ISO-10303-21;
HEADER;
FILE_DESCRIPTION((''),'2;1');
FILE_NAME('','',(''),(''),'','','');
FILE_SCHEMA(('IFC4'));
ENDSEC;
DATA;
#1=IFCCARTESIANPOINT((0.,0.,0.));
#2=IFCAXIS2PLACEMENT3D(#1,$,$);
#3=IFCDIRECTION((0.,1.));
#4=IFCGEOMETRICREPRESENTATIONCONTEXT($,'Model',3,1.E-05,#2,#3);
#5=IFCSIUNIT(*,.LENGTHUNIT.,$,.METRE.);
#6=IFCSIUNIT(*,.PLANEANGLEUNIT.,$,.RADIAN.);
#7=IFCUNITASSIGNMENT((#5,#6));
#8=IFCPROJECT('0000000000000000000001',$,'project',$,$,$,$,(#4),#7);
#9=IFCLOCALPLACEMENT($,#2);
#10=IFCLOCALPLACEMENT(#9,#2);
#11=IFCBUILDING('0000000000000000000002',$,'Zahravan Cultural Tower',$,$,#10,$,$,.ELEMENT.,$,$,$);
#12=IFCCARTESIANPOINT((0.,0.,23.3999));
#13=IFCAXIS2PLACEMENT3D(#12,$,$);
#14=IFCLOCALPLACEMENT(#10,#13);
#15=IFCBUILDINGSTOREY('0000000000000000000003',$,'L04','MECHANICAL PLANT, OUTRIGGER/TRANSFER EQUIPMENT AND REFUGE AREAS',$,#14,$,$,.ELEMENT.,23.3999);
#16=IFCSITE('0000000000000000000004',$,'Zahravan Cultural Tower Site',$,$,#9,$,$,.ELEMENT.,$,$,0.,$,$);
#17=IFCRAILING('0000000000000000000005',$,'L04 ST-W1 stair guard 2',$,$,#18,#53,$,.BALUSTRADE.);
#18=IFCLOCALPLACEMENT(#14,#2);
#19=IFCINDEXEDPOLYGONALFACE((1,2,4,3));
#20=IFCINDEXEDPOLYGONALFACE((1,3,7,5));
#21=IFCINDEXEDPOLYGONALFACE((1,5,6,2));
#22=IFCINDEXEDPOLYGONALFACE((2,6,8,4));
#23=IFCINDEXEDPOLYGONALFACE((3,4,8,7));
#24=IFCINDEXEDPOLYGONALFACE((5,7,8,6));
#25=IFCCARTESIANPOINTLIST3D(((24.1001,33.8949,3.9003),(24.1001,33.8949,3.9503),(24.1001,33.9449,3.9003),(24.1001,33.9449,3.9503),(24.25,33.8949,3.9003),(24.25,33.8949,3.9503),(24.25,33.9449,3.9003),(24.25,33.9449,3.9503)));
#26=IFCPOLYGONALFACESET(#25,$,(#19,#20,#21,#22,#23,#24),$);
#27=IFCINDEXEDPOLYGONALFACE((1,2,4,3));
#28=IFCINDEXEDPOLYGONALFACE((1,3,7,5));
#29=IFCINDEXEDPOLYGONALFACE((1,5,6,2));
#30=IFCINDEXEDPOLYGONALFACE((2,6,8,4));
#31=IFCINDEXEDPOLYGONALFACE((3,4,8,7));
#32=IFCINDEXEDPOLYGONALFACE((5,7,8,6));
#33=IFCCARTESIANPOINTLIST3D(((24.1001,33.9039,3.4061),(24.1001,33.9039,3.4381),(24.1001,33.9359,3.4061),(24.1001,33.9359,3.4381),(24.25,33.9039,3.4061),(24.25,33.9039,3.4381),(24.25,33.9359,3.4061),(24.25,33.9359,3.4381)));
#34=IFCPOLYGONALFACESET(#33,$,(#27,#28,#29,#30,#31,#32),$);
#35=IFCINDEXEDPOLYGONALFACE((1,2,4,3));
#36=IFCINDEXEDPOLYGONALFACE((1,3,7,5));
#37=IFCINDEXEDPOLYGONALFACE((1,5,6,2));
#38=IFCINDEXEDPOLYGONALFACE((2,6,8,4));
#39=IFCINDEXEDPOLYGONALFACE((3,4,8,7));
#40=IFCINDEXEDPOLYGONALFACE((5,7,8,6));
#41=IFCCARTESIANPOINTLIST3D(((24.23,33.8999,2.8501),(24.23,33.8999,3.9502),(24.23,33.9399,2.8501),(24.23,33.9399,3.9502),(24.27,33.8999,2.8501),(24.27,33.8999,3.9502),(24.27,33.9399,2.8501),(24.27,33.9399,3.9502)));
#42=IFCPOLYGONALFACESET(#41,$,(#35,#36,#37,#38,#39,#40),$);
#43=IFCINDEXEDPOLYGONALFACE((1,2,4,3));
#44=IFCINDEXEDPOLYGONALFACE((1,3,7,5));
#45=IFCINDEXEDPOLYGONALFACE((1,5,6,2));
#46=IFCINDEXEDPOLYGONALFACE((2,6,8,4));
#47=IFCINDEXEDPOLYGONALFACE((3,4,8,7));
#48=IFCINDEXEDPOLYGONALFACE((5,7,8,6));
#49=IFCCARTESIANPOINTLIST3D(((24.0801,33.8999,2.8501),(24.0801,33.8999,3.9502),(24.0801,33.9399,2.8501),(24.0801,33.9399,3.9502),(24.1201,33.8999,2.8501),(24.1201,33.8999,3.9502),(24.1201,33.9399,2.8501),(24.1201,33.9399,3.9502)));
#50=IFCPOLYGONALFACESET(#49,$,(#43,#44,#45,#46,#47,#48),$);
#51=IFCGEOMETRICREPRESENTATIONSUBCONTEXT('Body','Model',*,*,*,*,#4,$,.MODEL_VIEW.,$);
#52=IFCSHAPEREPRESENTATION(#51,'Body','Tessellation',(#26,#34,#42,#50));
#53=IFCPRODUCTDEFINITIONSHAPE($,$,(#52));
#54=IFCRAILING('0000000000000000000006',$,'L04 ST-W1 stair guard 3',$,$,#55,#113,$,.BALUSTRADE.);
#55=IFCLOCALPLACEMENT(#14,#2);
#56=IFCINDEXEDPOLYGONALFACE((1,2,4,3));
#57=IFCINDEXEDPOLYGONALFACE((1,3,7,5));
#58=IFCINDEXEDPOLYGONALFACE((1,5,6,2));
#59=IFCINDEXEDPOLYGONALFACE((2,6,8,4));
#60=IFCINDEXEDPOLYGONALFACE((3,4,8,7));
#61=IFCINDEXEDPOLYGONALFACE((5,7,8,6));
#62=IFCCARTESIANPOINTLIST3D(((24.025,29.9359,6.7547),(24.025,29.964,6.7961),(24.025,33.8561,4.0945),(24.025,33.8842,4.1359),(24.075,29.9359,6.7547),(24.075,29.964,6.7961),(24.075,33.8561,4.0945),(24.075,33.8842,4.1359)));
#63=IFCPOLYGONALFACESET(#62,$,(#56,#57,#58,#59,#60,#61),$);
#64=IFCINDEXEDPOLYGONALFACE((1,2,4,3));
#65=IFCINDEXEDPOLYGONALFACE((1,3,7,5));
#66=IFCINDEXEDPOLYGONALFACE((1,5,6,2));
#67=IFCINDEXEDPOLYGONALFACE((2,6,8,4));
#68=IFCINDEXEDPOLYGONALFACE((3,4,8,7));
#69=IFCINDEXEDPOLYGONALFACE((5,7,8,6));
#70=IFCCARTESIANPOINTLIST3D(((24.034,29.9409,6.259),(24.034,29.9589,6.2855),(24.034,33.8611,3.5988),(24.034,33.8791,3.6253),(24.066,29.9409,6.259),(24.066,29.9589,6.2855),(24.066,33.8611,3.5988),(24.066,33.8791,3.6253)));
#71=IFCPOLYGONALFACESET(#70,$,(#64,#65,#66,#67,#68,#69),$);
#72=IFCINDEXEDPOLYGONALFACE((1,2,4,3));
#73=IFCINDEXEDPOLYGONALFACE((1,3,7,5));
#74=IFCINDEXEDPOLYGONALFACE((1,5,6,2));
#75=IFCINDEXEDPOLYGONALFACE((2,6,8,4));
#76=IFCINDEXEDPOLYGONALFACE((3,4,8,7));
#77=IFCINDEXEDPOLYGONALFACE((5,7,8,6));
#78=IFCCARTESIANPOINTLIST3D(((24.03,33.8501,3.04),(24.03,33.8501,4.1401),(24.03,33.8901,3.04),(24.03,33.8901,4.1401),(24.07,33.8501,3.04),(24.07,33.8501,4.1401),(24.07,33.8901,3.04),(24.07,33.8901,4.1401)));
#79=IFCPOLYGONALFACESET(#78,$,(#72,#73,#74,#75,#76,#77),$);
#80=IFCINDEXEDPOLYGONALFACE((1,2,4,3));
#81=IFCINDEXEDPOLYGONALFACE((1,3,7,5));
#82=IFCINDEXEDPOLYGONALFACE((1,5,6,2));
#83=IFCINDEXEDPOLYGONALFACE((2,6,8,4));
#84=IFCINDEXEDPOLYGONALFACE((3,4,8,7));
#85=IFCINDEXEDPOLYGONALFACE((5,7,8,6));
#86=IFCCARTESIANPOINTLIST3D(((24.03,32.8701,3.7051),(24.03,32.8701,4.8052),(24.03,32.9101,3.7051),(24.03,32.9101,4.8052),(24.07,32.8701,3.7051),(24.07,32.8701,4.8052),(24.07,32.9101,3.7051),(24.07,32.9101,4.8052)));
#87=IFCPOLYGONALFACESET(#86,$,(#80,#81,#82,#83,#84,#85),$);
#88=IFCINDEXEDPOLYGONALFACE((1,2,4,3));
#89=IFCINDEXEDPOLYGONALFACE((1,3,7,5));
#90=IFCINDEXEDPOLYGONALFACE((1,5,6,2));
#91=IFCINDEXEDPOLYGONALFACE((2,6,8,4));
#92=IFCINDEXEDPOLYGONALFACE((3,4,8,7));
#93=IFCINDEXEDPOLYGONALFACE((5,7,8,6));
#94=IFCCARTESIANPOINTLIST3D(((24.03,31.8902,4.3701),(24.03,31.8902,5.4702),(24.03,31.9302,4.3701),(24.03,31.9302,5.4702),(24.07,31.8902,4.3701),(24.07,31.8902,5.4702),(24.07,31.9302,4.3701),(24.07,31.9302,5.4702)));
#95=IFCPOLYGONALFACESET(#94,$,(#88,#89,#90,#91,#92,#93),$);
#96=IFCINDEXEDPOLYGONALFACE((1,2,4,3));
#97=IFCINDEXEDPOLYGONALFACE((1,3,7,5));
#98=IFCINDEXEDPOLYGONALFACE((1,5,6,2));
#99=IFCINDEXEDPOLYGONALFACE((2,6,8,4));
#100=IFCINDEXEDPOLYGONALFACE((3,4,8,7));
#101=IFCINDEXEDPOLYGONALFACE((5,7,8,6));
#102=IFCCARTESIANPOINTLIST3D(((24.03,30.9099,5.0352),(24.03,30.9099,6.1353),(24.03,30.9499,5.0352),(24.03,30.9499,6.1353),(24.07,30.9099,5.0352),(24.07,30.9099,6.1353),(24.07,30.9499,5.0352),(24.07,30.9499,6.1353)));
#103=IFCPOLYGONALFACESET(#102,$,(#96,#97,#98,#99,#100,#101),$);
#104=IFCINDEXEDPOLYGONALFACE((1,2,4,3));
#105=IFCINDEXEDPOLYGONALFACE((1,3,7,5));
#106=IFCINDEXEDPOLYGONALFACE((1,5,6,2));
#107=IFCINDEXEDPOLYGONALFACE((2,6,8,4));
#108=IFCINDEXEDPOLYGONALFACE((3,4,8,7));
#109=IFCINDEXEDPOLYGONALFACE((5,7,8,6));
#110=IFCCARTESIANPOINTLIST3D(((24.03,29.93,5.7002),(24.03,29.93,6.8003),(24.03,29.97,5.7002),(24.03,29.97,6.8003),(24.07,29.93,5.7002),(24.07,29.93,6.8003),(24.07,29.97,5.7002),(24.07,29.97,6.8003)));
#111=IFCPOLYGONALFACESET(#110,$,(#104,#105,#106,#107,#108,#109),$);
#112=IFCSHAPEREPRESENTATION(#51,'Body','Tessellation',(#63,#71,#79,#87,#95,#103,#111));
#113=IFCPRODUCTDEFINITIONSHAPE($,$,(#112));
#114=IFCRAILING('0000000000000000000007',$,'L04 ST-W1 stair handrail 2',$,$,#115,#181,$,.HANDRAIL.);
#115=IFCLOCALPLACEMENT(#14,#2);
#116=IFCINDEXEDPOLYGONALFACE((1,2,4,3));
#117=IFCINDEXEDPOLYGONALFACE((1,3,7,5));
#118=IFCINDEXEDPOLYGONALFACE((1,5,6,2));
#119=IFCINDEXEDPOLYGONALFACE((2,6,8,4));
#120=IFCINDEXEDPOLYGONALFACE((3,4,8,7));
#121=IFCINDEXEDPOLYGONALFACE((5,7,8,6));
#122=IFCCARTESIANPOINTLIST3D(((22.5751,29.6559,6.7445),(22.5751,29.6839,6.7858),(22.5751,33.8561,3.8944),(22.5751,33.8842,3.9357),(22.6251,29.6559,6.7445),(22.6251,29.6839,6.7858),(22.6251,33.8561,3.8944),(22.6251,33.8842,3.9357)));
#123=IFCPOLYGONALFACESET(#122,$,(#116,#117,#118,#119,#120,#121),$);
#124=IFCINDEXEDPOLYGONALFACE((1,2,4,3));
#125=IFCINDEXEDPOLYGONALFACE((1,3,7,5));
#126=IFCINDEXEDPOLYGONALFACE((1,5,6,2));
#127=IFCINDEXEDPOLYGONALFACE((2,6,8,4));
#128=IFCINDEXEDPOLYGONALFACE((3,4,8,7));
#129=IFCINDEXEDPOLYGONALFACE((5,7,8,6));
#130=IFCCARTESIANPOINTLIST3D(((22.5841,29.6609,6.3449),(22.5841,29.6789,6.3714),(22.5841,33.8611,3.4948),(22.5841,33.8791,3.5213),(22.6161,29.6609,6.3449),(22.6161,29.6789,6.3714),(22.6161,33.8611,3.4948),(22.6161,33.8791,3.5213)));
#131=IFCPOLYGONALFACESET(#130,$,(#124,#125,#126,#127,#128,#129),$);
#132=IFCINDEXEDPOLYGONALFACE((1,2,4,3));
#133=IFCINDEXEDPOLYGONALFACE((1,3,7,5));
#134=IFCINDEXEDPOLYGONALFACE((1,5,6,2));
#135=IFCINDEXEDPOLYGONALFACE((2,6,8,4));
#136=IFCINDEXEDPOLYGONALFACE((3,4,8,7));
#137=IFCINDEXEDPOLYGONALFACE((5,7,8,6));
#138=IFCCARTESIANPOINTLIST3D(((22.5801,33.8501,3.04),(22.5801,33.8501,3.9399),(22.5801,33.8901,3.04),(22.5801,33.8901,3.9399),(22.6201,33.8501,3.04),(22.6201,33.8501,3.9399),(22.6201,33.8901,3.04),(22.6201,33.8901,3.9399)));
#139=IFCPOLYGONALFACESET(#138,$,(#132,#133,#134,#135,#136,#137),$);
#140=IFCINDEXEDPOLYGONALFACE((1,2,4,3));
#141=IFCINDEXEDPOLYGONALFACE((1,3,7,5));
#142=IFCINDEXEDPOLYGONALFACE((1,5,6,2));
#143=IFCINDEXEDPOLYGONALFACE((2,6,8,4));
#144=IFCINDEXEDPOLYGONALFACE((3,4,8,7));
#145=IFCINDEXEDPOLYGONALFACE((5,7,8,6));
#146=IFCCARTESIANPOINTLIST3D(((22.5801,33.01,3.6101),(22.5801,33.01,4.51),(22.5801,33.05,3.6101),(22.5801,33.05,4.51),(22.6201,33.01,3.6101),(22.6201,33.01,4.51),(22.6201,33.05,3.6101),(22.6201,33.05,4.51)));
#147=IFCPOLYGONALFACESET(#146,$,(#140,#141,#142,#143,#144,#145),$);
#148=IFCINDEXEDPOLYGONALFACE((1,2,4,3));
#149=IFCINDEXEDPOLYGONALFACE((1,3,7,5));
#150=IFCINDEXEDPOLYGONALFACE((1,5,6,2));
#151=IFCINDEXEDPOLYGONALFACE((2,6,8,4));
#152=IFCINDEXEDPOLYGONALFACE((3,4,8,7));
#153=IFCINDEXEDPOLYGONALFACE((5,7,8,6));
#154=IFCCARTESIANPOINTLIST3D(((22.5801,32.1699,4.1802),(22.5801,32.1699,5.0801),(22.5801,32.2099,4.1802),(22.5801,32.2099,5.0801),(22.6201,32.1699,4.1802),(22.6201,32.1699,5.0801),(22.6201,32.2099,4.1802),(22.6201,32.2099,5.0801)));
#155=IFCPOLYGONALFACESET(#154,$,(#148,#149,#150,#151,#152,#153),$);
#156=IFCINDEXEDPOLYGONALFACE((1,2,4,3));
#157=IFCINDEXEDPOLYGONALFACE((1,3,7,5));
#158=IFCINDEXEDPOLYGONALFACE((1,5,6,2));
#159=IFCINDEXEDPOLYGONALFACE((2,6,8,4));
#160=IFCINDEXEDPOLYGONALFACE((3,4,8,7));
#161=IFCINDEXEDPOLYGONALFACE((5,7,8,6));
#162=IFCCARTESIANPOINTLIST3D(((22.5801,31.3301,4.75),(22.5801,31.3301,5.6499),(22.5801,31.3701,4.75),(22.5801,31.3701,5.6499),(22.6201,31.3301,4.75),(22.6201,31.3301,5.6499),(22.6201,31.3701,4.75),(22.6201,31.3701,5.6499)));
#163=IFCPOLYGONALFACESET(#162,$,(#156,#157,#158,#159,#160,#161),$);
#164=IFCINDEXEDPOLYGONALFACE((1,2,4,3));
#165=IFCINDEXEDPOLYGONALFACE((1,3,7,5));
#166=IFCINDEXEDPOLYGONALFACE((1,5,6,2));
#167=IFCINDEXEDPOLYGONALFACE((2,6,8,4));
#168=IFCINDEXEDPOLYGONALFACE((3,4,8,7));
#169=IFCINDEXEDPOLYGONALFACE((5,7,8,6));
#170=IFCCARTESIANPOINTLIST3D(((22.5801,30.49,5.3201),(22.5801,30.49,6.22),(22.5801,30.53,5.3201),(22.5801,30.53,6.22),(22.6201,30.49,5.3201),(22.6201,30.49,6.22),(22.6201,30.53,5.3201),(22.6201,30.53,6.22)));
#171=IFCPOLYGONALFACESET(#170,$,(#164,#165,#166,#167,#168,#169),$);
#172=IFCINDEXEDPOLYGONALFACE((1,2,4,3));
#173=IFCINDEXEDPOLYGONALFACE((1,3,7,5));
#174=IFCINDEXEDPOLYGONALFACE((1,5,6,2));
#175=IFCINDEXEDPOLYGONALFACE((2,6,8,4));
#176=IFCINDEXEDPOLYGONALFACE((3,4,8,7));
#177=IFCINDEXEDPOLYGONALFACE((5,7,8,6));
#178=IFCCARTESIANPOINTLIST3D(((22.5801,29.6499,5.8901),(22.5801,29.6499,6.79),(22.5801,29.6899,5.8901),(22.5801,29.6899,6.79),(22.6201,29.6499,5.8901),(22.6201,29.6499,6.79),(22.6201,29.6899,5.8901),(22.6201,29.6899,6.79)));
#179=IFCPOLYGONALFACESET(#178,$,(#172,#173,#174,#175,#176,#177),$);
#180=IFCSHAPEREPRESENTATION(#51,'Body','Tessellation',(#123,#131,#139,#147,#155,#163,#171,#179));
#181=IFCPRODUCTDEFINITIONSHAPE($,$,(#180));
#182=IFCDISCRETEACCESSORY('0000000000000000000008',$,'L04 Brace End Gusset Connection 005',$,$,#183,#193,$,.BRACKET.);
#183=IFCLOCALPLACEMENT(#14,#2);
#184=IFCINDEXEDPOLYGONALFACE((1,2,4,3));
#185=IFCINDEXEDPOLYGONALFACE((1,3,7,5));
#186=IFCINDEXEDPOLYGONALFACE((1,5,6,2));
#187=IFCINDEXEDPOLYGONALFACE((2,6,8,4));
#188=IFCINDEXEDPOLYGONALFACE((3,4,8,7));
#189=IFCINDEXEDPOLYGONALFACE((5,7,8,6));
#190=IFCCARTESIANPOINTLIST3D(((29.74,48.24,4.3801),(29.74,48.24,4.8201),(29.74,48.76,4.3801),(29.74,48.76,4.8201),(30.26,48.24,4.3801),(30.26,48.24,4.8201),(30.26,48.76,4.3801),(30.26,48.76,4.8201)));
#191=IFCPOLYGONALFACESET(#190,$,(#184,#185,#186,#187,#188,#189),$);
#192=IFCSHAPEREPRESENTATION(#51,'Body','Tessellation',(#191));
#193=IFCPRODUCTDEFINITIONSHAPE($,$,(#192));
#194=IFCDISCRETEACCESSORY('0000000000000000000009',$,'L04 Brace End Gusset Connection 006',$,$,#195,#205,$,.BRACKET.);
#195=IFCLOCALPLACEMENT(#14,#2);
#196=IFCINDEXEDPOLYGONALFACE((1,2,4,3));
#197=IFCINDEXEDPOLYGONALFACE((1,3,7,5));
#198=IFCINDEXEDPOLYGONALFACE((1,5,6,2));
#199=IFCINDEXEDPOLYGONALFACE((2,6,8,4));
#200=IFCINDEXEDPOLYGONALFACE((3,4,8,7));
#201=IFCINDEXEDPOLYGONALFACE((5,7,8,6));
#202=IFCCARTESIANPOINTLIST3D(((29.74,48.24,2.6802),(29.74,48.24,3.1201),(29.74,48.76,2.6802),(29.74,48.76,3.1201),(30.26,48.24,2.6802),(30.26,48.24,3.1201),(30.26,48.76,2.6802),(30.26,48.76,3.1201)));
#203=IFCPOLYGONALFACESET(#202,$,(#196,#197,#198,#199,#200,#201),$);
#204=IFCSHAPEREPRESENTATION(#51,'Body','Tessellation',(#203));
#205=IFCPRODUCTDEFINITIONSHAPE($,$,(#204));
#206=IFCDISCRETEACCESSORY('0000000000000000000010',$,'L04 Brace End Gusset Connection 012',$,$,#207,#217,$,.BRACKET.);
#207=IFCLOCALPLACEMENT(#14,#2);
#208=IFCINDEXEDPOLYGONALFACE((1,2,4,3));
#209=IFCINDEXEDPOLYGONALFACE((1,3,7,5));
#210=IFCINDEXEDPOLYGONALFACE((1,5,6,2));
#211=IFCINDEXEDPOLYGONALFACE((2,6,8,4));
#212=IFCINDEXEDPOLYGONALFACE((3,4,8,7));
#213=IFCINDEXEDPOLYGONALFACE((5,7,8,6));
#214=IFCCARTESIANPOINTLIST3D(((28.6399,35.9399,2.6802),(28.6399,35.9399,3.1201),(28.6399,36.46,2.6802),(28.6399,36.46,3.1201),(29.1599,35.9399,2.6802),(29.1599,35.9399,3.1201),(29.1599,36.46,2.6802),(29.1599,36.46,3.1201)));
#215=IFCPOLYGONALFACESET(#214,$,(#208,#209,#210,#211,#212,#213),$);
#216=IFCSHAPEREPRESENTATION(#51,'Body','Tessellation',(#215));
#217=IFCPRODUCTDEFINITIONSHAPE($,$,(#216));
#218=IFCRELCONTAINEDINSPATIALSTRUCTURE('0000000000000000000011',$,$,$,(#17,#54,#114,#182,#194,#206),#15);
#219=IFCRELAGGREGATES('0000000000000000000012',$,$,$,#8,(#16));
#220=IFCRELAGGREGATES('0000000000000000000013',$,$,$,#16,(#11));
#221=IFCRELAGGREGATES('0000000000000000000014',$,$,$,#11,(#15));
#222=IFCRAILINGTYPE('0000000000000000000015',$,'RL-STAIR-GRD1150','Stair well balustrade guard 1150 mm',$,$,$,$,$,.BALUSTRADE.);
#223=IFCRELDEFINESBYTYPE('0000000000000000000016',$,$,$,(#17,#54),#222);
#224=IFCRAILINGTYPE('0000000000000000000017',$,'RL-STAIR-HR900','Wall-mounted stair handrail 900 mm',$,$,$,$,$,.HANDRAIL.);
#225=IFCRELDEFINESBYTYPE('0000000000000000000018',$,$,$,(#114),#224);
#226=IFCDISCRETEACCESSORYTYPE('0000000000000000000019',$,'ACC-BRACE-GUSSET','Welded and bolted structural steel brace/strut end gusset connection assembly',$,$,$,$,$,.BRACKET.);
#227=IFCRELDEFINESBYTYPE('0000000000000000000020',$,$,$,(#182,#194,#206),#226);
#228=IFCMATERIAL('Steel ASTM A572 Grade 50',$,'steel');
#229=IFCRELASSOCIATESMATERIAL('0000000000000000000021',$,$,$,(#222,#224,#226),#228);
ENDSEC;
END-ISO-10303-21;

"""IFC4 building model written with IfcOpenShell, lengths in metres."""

from ifc_helpers import new_model, si_unit, direction, frame, origin, origin_2d, place, context, subcontext, project, spatial, rectangle, extrude, source, transform, mapped, material, type_object, element, save


model = new_model("IFC4")

# Units and contexts
model_context = context("Model", 3, precision=1e-05, world=origin(), true_north=direction((0.0, 1.0)))
body_context = subcontext(model_context, "Body", "Model", "MODEL_VIEW")
ifc_project = project(units=[si_unit("LENGTHUNIT", "METRE"), si_unit("PLANEANGLEUNIT", "RADIAN")], contexts=[model_context])

# Site, building, storey
site_placement = place(None, origin())
site = spatial("IfcSite", under=ifc_project, at=site_placement, Name="Zahravan Cultural Tower Site", CompositionType="ELEMENT", RefElevation=0.0)
building_placement = place(site_placement, origin())
building = spatial("IfcBuilding", under=site, at=building_placement, Name="Zahravan Cultural Tower", CompositionType="ELEMENT")
storey_placement = place(building_placement, frame((0.0, 0.0, 23.3999)))
storey = spatial("IfcBuildingStorey", under=building, at=storey_placement, Name="L04", Description="MECHANICAL PLANT, OUTRIGGER/TRANSFER EQUIPMENT AND REFUGE AREAS", CompositionType="ELEMENT", Elevation=23.3999)

# Shared definitions
ifc_material_1 = material(Name="Steel ASTM A572 Grade 50", Category="steel")

# Railings
railing_type_1 = type_object("IfcRailingType", Name="RL-STAIR-GRD1150", Description="Stair well balustrade guard 1150 mm", PredefinedType="BALUSTRADE", material=ifc_material_1)
railing_1_placement = place(storey_placement, frame((24.25, 33.9199, 2.8501)))
element("IfcRailing", 1, at=railing_1_placement, inside=storey, type_object=railing_type_1, Name="L04 ST-W1 stair guard 2", PredefinedType="BALUSTRADE", context=body_context, shape_type="SweptSolid", body=[
    extrude(rectangle(XDim=0.05, YDim=0.05, at=origin_2d()), frame((0.0, 0.0, 1.0752), z_axis=(-1.0, 0.0, 0.0), x_axis=(0.0, -1.0, 0.0)), (0.0, 0.0, 1.0), 0.1499),
    extrude(rectangle(XDim=0.032, YDim=0.032, at=origin_2d()), frame((0.0, 0.0, 0.572), z_axis=(-1.0, 0.0, 0.0), x_axis=(0.0, -1.0, 0.0)), (0.0, 0.0, 1.0), 0.1499),
    extrude(rectangle(XDim=0.04, YDim=0.04, at=origin_2d()), origin(), (0.0, 0.0, 1.0), 1.1001),
    extrude(rectangle(XDim=0.04, YDim=0.04, at=origin_2d()), frame((-0.1499, 0.0, 0.0)), (0.0, 0.0, 1.0), 1.1001),
])
railing_2_placement = place(storey_placement, frame((24.05, 33.8701, 3.04)))
element("IfcRailing", 2, at=railing_2_placement, inside=storey, type_object=railing_type_1, Name="L04 ST-W1 stair guard 3", PredefinedType="BALUSTRADE", context=body_context, shape_type="SweptSolid", body=[
    extrude(rectangle(XDim=0.05, YDim=0.05, at=origin_2d()), frame((0.0, 0.0, 1.0752), z_axis=(0.0, -0.827471, 0.561508), x_axis=(1.0, 0.0, 0.0)), (0.0, 0.0, 1.0), 4.7375),
    extrude(rectangle(XDim=0.032, YDim=0.032, at=origin_2d()), frame((0.0, 0.0, 0.572), z_axis=(0.0, -0.827471, 0.561508), x_axis=(1.0, 0.0, 0.0)), (0.0, 0.0, 1.0), 4.7375),
    extrude(rectangle(XDim=0.04, YDim=0.04, at=origin_2d()), origin(), (0.0, 0.0, 1.0), 1.1001),
    extrude(rectangle(XDim=0.04, YDim=0.04, at=origin_2d()), frame((0.0, -0.98, 0.665)), (0.0, 0.0, 1.0), 1.1001),
    extrude(rectangle(XDim=0.04, YDim=0.04, at=origin_2d()), frame((0.0, -1.96, 1.3301)), (0.0, 0.0, 1.0), 1.1001),
    extrude(rectangle(XDim=0.04, YDim=0.04, at=origin_2d()), frame((0.0, -2.9402, 1.9951)), (0.0, 0.0, 1.0), 1.1001),
    extrude(rectangle(XDim=0.04, YDim=0.04, at=origin_2d()), frame((0.0, -3.9202, 2.6602)), (0.0, 0.0, 1.0), 1.1001),
])
railing_type_2 = type_object("IfcRailingType", Name="RL-STAIR-HR900", Description="Wall-mounted stair handrail 900 mm", PredefinedType="HANDRAIL", material=ifc_material_1)
railing_3_placement = place(storey_placement, frame((22.6001, 33.8701, 3.04)))
element("IfcRailing", 3, at=railing_3_placement, inside=storey, type_object=railing_type_2, Name="L04 ST-W1 stair handrail 2", PredefinedType="HANDRAIL", context=body_context, shape_type="SweptSolid", body=[
    extrude(rectangle(XDim=0.05, YDim=0.05, at=origin_2d()), frame((0.0, 0.0, 0.875), z_axis=(0.0, -0.827479, 0.561497), x_axis=(1.0, 0.0, 0.0)), (0.0, 0.0, 1.0), 5.0759),
    extrude(rectangle(XDim=0.032, YDim=0.032, at=origin_2d()), frame((0.0, 0.0, 0.468), z_axis=(0.0, -0.827479, 0.561497), x_axis=(1.0, 0.0, 0.0)), (0.0, 0.0, 1.0), 5.0759),
    extrude(rectangle(XDim=0.04, YDim=0.04, at=origin_2d()), origin(), (0.0, 0.0, 1.0), 0.8999),
    extrude(rectangle(XDim=0.04, YDim=0.04, at=origin_2d()), frame((0.0, -0.8401, 0.5701)), (0.0, 0.0, 1.0), 0.8999),
    extrude(rectangle(XDim=0.04, YDim=0.04, at=origin_2d()), frame((0.0, -1.6802, 1.1401)), (0.0, 0.0, 1.0), 0.8999),
    extrude(rectangle(XDim=0.04, YDim=0.04, at=origin_2d()), frame((0.0, -2.52, 1.71)), (0.0, 0.0, 1.0), 0.8999),
    extrude(rectangle(XDim=0.04, YDim=0.04, at=origin_2d()), frame((0.0, -3.3601, 2.28)), (0.0, 0.0, 1.0), 0.8999),
    extrude(rectangle(XDim=0.04, YDim=0.04, at=origin_2d()), frame((0.0, -4.2002, 2.8501)), (0.0, 0.0, 1.0), 0.8999),
])

# Discrete accessories
discrete_accessory_type = type_object("IfcDiscreteAccessoryType", Name="ACC-BRACE-GUSSET", Description="Welded and bolted structural steel brace/strut end gusset connection assembly", PredefinedType="BRACKET", material=ifc_material_1)
shared_shape_1 = source(origin(), body_context, "Body", "SweptSolid", [
    extrude(rectangle(XDim=0.52, YDim=0.52, at=origin_2d()), origin(), (0.0, 0.0, 1.0), 0.4399),
])
for number, where, z_axis, x_axis, name in (
    (4, (30.0, 48.5, 4.3801), (0.0, 0.0, 1.0), (1.0, 0.0, 0.0), "L04 Brace End Gusset Connection 005"),
    (5, (30.0, 48.5, 2.6802), (0.0, 0.0, 1.0), (1.0, 0.0, 0.0), "L04 Brace End Gusset Connection 006"),
    (6, (28.8999, 36.2, 2.6802), (0.0, 0.0, 1.0), (1.0, 0.0, 0.0), "L04 Brace End Gusset Connection 012"),
):
    element("IfcDiscreteAccessory", number, at=place(storey_placement, frame(where, z_axis=z_axis, x_axis=x_axis)), inside=storey, type_object=discrete_accessory_type, Name=name, PredefinedType="BRACKET", context=body_context, shape_type="MappedRepresentation", body=[
        mapped(shared_shape_1, transform((0.0, 0.0, 0.0), x_axis=(1.0, 0.0, 0.0), y_axis=(0.0, 1.0, 0.0), z_axis=(0.0, 0.0, 1.0), scale=1.0)),
    ])

save(model, "model.ifc")
